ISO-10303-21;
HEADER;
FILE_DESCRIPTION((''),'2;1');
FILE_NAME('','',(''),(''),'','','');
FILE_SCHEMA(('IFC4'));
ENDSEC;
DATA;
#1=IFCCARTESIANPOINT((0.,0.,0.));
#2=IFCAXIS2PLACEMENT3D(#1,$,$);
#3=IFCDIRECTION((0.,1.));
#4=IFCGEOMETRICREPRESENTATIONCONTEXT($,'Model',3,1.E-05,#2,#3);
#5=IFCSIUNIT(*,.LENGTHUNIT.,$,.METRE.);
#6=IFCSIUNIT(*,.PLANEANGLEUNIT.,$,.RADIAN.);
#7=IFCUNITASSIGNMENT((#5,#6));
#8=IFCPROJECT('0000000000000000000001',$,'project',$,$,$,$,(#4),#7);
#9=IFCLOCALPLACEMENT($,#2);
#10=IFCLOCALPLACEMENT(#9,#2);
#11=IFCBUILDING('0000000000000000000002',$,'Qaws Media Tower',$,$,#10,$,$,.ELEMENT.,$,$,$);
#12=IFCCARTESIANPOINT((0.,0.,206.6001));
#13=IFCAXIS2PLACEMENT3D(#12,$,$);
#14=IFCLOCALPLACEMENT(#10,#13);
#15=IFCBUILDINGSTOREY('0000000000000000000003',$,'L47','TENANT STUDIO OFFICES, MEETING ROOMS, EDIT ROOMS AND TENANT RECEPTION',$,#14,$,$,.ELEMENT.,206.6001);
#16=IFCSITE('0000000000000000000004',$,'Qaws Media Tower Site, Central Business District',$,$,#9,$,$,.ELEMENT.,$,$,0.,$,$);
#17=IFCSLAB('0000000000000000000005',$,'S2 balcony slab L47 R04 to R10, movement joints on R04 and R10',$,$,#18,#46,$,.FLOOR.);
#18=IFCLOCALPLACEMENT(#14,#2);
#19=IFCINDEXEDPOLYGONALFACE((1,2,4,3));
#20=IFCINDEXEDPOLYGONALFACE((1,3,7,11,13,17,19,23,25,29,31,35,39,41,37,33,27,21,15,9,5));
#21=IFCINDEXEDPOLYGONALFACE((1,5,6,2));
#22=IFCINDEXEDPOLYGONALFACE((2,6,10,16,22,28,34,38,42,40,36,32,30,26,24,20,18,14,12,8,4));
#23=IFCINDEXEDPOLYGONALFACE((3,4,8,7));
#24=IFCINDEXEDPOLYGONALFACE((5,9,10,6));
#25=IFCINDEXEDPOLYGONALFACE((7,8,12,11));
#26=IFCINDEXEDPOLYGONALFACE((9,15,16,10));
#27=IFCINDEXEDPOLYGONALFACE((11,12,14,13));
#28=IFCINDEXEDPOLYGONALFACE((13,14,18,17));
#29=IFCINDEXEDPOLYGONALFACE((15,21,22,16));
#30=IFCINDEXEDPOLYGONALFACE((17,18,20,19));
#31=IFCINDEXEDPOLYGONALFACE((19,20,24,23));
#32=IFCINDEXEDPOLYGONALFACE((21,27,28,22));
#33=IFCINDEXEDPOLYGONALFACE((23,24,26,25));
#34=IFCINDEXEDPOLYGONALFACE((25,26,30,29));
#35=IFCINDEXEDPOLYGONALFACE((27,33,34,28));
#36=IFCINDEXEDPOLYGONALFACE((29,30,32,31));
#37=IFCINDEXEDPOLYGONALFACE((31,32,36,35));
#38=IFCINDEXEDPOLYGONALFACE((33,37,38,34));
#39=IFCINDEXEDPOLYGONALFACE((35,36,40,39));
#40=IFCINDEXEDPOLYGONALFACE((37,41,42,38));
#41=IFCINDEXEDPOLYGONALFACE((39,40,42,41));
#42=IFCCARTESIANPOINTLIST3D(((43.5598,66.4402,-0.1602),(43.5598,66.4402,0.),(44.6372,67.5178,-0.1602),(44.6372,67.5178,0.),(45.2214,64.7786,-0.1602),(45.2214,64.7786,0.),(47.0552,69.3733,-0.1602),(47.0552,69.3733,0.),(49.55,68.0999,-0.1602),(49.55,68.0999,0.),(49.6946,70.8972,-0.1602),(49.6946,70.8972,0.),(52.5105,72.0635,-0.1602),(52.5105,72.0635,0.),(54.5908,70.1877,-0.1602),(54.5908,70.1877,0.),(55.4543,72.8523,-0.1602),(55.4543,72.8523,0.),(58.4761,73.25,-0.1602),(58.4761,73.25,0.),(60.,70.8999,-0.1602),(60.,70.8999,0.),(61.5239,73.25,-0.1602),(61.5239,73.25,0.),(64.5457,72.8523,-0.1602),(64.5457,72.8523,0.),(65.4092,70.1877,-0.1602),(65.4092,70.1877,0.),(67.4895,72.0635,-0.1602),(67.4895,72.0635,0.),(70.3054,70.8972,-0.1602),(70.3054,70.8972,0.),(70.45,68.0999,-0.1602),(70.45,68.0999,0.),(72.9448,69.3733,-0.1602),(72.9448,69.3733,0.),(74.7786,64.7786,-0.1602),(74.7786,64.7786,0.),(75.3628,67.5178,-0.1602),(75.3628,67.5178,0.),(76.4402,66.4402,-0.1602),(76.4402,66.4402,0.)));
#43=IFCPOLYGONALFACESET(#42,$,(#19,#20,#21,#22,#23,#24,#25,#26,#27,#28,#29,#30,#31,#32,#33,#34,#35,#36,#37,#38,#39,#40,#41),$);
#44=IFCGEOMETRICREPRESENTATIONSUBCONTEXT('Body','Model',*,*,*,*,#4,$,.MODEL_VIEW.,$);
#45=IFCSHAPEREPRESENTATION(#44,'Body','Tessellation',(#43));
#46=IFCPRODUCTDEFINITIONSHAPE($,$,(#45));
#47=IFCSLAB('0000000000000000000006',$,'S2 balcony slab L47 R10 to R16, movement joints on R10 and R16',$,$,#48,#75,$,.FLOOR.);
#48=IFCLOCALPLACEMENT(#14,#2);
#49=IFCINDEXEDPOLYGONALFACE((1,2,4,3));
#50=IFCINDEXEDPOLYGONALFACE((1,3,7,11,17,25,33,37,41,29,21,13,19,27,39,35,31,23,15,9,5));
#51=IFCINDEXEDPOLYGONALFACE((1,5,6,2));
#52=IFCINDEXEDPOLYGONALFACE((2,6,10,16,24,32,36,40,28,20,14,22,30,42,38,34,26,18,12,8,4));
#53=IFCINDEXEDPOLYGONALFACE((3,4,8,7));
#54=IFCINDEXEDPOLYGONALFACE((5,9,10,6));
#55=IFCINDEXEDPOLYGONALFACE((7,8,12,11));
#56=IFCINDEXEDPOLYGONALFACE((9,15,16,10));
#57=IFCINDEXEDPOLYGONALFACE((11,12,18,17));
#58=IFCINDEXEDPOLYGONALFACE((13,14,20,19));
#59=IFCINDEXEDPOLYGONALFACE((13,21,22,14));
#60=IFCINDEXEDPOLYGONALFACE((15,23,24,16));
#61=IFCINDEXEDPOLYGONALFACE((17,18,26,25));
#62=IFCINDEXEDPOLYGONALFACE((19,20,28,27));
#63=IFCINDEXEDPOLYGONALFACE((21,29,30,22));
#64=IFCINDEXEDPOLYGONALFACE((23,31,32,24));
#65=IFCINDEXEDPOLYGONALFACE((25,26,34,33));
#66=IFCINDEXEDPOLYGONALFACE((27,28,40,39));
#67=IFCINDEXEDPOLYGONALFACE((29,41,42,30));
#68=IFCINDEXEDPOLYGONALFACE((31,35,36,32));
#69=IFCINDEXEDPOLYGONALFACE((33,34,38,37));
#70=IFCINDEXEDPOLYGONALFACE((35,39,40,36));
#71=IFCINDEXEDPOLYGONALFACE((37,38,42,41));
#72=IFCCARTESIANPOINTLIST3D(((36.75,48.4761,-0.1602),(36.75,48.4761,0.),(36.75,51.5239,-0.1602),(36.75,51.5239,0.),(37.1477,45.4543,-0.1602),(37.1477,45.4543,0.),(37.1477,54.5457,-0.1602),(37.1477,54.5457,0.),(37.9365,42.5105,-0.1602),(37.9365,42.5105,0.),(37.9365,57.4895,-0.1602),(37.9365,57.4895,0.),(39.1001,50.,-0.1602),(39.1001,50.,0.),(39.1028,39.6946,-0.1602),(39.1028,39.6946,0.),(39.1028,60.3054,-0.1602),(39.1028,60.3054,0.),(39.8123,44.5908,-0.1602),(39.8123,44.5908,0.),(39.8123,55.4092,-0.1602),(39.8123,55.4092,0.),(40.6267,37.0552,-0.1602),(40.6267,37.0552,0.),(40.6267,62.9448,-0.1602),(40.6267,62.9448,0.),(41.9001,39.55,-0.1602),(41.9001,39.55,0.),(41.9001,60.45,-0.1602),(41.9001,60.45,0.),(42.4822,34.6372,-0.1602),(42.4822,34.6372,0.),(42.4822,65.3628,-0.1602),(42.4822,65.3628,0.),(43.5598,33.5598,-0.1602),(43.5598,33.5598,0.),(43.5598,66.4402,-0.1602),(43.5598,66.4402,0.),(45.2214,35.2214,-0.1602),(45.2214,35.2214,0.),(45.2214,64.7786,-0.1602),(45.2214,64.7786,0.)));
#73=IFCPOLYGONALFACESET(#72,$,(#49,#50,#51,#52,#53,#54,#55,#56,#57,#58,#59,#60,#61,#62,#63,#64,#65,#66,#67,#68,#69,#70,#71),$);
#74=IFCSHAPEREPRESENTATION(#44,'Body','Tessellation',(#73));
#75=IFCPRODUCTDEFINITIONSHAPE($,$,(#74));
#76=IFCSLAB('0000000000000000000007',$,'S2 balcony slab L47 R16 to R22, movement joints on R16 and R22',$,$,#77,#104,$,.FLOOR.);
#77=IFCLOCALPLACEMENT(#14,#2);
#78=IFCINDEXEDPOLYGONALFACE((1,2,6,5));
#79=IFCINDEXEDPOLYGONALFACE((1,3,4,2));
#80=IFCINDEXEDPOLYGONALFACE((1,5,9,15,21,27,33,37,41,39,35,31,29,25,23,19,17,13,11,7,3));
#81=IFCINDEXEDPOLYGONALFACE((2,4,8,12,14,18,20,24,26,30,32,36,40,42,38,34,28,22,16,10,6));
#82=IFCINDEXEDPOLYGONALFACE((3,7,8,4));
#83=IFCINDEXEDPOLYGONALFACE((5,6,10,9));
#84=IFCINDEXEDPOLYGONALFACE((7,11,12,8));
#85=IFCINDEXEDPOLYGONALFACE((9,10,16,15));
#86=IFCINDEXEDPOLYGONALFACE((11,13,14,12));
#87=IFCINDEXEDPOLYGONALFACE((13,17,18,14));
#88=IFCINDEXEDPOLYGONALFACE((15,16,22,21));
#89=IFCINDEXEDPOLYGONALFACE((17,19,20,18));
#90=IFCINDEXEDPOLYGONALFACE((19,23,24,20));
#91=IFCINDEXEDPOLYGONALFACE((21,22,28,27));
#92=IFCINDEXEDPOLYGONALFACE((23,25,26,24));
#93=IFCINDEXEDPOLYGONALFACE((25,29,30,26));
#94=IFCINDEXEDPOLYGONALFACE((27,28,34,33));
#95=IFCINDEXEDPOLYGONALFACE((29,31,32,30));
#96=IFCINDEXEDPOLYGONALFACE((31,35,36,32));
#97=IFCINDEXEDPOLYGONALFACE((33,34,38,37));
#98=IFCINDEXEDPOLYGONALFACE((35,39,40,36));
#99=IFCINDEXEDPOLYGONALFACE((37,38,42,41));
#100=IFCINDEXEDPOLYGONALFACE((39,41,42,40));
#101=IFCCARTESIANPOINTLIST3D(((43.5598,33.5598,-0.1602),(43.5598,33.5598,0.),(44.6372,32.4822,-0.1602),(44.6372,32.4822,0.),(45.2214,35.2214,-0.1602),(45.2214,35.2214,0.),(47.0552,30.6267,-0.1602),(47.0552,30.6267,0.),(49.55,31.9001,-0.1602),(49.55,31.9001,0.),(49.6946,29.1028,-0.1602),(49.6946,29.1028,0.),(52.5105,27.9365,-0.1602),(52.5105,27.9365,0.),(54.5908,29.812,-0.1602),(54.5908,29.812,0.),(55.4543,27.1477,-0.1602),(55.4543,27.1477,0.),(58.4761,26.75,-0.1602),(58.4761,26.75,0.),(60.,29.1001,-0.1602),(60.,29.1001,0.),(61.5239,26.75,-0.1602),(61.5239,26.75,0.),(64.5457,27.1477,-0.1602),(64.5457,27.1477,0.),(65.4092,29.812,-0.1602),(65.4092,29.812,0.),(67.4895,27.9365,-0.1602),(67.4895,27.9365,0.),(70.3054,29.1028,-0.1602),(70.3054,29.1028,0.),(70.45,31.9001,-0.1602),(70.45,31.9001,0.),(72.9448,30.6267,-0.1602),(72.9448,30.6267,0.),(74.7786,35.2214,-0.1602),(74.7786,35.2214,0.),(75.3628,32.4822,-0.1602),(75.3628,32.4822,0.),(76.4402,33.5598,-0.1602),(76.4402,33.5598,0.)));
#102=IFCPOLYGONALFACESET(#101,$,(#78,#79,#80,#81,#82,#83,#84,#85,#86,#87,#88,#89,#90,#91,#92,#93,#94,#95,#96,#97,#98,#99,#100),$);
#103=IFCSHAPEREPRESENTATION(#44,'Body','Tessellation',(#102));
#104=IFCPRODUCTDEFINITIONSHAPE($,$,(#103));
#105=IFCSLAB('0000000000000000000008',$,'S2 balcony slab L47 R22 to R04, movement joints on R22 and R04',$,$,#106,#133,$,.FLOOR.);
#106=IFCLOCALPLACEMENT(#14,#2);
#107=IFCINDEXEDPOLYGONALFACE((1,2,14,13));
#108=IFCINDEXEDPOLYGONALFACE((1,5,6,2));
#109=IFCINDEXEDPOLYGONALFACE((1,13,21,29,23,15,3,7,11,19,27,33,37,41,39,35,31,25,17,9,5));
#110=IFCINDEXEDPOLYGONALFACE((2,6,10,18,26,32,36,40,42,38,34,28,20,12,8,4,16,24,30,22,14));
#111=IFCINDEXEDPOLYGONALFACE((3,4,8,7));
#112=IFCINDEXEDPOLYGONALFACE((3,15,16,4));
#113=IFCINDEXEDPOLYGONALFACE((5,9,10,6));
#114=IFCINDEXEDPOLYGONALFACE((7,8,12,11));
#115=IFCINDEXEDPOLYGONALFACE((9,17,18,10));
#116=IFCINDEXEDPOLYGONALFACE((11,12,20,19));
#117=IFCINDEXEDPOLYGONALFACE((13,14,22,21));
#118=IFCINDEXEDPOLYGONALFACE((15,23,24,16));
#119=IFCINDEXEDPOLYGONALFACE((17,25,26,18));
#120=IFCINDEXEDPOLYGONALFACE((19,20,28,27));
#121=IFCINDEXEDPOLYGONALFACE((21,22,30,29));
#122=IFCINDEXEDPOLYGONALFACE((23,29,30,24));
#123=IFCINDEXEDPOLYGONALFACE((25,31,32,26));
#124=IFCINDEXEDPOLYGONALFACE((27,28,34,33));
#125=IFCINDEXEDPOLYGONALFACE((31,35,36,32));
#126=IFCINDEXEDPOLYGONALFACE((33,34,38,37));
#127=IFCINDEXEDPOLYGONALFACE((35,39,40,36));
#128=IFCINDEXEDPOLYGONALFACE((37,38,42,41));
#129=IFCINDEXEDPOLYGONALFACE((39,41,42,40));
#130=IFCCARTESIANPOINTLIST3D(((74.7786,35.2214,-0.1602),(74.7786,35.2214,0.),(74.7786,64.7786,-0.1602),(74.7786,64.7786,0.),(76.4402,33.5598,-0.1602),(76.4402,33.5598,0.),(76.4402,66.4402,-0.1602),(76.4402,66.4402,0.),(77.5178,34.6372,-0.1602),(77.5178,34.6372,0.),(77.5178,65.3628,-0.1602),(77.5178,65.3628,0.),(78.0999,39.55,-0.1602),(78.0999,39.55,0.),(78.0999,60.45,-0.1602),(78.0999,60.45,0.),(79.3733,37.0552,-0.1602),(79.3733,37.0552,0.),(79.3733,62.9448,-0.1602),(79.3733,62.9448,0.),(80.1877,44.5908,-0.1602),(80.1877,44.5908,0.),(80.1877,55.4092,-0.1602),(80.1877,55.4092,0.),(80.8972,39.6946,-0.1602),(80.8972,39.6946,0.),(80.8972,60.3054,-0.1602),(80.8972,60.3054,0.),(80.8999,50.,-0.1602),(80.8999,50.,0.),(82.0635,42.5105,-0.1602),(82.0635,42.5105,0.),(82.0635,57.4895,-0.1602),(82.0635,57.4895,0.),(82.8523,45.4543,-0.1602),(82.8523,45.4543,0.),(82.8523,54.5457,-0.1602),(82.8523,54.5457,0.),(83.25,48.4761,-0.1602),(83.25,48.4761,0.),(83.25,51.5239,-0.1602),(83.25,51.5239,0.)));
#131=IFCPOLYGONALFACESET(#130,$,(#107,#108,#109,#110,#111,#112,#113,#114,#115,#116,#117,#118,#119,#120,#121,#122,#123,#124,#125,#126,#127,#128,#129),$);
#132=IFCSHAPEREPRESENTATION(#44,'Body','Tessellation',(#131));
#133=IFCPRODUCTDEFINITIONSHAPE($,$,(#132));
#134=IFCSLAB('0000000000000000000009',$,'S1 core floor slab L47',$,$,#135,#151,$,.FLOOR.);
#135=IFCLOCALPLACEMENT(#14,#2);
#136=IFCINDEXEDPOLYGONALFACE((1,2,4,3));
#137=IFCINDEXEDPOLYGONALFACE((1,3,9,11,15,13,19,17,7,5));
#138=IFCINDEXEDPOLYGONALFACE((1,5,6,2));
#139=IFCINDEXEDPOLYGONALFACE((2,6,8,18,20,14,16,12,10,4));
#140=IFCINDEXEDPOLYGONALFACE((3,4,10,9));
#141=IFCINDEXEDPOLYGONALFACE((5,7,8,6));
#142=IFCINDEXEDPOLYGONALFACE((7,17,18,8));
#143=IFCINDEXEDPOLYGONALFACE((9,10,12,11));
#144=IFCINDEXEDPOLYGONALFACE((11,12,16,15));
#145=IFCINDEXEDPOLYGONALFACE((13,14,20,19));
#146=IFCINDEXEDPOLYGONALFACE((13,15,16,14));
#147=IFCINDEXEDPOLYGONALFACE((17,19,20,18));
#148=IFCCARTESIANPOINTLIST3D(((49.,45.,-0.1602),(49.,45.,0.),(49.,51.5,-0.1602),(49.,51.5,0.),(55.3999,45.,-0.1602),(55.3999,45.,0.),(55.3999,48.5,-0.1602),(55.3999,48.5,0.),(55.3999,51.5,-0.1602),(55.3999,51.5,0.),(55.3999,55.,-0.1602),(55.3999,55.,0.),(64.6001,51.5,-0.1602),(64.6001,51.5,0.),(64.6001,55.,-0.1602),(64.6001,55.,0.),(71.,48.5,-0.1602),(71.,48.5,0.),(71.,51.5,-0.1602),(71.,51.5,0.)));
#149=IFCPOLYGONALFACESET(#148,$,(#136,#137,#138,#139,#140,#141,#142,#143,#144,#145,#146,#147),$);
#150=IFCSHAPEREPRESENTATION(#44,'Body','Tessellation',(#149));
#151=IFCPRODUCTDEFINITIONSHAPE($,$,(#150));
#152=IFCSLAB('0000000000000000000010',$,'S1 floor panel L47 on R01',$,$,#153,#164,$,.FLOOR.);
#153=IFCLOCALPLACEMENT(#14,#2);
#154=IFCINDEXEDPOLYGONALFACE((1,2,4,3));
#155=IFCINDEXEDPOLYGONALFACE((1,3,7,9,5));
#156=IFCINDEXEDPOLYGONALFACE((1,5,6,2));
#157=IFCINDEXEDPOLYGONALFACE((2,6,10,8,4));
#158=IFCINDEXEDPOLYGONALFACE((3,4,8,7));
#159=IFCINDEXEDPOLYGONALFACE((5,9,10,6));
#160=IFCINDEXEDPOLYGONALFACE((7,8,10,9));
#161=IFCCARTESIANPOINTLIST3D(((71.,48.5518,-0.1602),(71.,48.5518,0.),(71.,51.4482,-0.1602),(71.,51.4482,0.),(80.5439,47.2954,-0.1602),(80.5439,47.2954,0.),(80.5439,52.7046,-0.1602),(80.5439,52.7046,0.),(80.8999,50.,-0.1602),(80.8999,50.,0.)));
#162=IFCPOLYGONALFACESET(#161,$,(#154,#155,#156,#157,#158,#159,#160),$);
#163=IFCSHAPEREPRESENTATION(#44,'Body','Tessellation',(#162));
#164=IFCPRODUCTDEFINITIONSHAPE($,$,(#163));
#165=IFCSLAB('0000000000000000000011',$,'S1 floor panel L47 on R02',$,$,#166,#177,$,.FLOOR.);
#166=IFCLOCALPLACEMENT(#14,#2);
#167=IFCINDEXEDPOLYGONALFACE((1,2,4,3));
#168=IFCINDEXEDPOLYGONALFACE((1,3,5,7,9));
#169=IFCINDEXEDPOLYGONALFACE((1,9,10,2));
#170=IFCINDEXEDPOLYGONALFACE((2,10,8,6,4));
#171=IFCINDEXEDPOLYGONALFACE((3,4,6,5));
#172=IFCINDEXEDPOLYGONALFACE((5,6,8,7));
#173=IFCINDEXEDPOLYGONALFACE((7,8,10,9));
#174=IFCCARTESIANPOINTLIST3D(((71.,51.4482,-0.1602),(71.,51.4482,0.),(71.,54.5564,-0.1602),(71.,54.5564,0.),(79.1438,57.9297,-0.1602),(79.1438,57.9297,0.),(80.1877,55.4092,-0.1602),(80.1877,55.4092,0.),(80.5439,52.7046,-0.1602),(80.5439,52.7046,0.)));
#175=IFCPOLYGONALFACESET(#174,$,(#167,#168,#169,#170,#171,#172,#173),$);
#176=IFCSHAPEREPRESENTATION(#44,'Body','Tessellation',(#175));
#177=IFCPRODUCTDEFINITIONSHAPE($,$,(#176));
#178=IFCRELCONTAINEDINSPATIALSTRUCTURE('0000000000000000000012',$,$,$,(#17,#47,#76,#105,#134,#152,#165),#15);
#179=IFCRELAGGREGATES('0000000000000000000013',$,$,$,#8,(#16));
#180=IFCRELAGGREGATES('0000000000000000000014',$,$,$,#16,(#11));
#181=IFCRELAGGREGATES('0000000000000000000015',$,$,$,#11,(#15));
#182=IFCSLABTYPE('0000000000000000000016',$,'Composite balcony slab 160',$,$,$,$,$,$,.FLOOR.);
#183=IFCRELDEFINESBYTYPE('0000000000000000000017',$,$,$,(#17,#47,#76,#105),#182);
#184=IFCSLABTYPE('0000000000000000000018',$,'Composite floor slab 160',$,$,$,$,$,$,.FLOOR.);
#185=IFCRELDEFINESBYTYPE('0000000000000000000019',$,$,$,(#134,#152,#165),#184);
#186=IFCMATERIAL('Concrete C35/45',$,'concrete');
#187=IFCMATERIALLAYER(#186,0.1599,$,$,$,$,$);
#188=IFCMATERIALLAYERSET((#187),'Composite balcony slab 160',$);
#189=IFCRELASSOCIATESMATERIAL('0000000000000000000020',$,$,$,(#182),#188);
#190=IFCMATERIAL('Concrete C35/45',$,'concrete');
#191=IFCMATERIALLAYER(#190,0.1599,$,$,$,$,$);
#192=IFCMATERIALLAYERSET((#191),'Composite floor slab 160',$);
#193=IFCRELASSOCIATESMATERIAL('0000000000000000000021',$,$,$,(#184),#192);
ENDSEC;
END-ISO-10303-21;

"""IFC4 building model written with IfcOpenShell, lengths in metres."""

from ifc_helpers import new_model, si_unit, direction, frame, origin, place, context, subcontext, project, spatial, polyline, outline, extrude, material, layer, layer_set, type_object, element, save


model = new_model("IFC4")

# Units and contexts
model_context = context("Model", 3, precision=1e-05, world=origin(), true_north=direction((0.0, 1.0)))
body_context = subcontext(model_context, "Body", "Model", "MODEL_VIEW")
ifc_project = project(units=[si_unit("LENGTHUNIT", "METRE"), si_unit("PLANEANGLEUNIT", "RADIAN")], contexts=[model_context])

# Site, building, storey
site_placement = place(None, origin())
site = spatial("IfcSite", under=ifc_project, at=site_placement, Name="Qaws Media Tower Site, Central Business District", CompositionType="ELEMENT", RefElevation=0.0)
building_placement = place(site_placement, origin())
building = spatial("IfcBuilding", under=site, at=building_placement, Name="Qaws Media Tower", CompositionType="ELEMENT")
storey_placement = place(building_placement, frame((0.0, 0.0, 206.6001)))
storey = spatial("IfcBuildingStorey", under=building, at=storey_placement, Name="L47", Description="TENANT STUDIO OFFICES, MEETING ROOMS, EDIT ROOMS AND TENANT RECEPTION", CompositionType="ELEMENT", Elevation=206.6001)

# Slabs
ifc_material_1 = material(Name="Concrete C35/45", Category="concrete")
ifc_layer_1 = layer(ifc_material_1, 0.1599)
ifc_layer_set_1 = layer_set([ifc_layer_1], Name="Composite balcony slab 160")
slab_type_1 = type_object("IfcSlabType", Name="Composite balcony slab 160", PredefinedType="FLOOR", material=ifc_layer_set_1)
slab_1_placement = place(storey_placement, frame((0.0, 0.0, -0.1602)))
element("IfcSlab", 1, at=slab_1_placement, inside=storey, type_object=slab_type_1, Name="S2 balcony slab L47 R04 to R10, movement joints on R04 and R10", PredefinedType="FLOOR", context=body_context, shape_type="SweptSolid", body=[
    extrude(outline(polyline([(44.6372, 67.5178), (47.0552, 69.3733), (49.6946, 70.8972), (52.5105, 72.0635), (55.4543, 72.8523), (58.4761, 73.25), (61.5239, 73.25), (64.5457, 72.8523), (67.4895, 72.0635), (70.3054, 70.8972), (72.9448, 69.3733), (75.3628, 67.5178), (76.4402, 66.4402), (74.7786, 64.7786), (70.45, 68.0999), (65.4092, 70.1877), (60.0, 70.8999), (54.5908, 70.1877), (49.55, 68.0999), (45.2214, 64.7786), (43.5598, 66.4402), (44.6372, 67.5178)])), origin(), (0.0, 0.0, 1.0), 0.1602),
])
slab_2_placement = place(storey_placement, frame((0.0, 0.0, -0.1602)))
element("IfcSlab", 2, at=slab_2_placement, inside=storey, type_object=slab_type_1, Name="S2 balcony slab L47 R10 to R16, movement joints on R10 and R16", PredefinedType="FLOOR", context=body_context, shape_type="SweptSolid", body=[
    extrude(outline(polyline([(42.4822, 34.6372), (40.6267, 37.0552), (39.1028, 39.6946), (37.9365, 42.5105), (37.1477, 45.4543), (36.75, 48.4761), (36.75, 51.5239), (37.1477, 54.5457), (37.9365, 57.4895), (39.1028, 60.3054), (40.6267, 62.9448), (42.4822, 65.3628), (43.5598, 66.4402), (45.2214, 64.7786), (41.9001, 60.45), (39.8123, 55.4092), (39.1001, 50.0), (39.8123, 44.5908), (41.9001, 39.55), (45.2214, 35.2214), (43.5598, 33.5598), (42.4822, 34.6372)])), origin(), (0.0, 0.0, 1.0), 0.1602),
])
slab_3_placement = place(storey_placement, frame((0.0, 0.0, -0.1602)))
element("IfcSlab", 3, at=slab_3_placement, inside=storey, type_object=slab_type_1, Name="S2 balcony slab L47 R16 to R22, movement joints on R16 and R22", PredefinedType="FLOOR", context=body_context, shape_type="SweptSolid", body=[
    extrude(outline(polyline([(75.3628, 32.4822), (72.9448, 30.6267), (70.3054, 29.1028), (67.4895, 27.9365), (64.5457, 27.1477), (61.5239, 26.75), (58.4761, 26.75), (55.4543, 27.1477), (52.5105, 27.9365), (49.6946, 29.1028), (47.0552, 30.6267), (44.6372, 32.4822), (43.5598, 33.5598), (45.2214, 35.2214), (49.55, 31.9001), (54.5908, 29.812), (60.0, 29.1001), (65.4092, 29.812), (70.45, 31.9001), (74.7786, 35.2214), (76.4402, 33.5598), (75.3628, 32.4822)])), origin(), (0.0, 0.0, 1.0), 0.1602),
])
slab_4_placement = place(storey_placement, frame((0.0, 0.0, -0.1602)))
element("IfcSlab", 4, at=slab_4_placement, inside=storey, type_object=slab_type_1, Name="S2 balcony slab L47 R22 to R04, movement joints on R22 and R04", PredefinedType="FLOOR", context=body_context, shape_type="SweptSolid", body=[
    extrude(outline(polyline([(82.8523, 45.4543), (82.0635, 42.5105), (80.8972, 39.6946), (79.3733, 37.0552), (77.5178, 34.6372), (76.4402, 33.5598), (74.7786, 35.2214), (78.0999, 39.55), (80.1877, 44.5908), (80.8999, 50.0), (80.1877, 55.4092), (78.0999, 60.45), (74.7786, 64.7786), (76.4402, 66.4402), (77.5178, 65.3628), (79.3733, 62.9448), (80.8972, 60.3054), (82.0635, 57.4895), (82.8523, 54.5457), (83.25, 51.5239), (83.25, 48.4761), (82.8523, 45.4543)])), origin(), (0.0, 0.0, 1.0), 0.1602),
])
ifc_material_2 = material(Name="Concrete C35/45", Category="concrete")
ifc_layer_2 = layer(ifc_material_2, 0.1599)
ifc_layer_set_2 = layer_set([ifc_layer_2], Name="Composite floor slab 160")
slab_type_2 = type_object("IfcSlabType", Name="Composite floor slab 160", PredefinedType="FLOOR", material=ifc_layer_set_2)
slab_5_placement = place(storey_placement, frame((0.0, 0.0, -0.1602)))
element("IfcSlab", 5, at=slab_5_placement, inside=storey, type_object=slab_type_2, Name="S1 core floor slab L47", PredefinedType="FLOOR", context=body_context, shape_type="SweptSolid", body=[
    extrude(outline(polyline([(71.0, 51.5), (71.0, 48.5), (55.3999, 48.5), (55.3999, 45.0), (49.0, 45.0), (49.0, 51.5), (55.3999, 51.5), (55.3999, 55.0), (64.6001, 55.0), (64.6001, 51.5), (71.0, 51.5)])), origin(), (0.0, 0.0, 1.0), 0.1602),
])
slab_6_placement = place(storey_placement, frame((0.0, 0.0, -0.1602)))
element("IfcSlab", 6, at=slab_6_placement, inside=storey, type_object=slab_type_2, Name="S1 floor panel L47 on R01", PredefinedType="FLOOR", context=body_context, shape_type="SweptSolid", body=[
    extrude(outline(polyline([(80.8999, 50.0), (80.5439, 47.2954), (71.0, 48.5518), (71.0, 51.4482), (80.5439, 52.7046), (80.8999, 50.0)])), origin(), (0.0, 0.0, 1.0), 0.1602),
])
slab_7_placement = place(storey_placement, frame((0.0, 0.0, -0.1602)))
element("IfcSlab", 7, at=slab_7_placement, inside=storey, type_object=slab_type_2, Name="S1 floor panel L47 on R02", PredefinedType="FLOOR", context=body_context, shape_type="SweptSolid", body=[
    extrude(outline(polyline([(80.1877, 55.4092), (80.5439, 52.7046), (71.0, 51.4482), (71.0, 54.5564), (79.1438, 57.9297), (80.1877, 55.4092)])), origin(), (0.0, 0.0, 1.0), 0.1602),
])

save(model, "model.ifc")
